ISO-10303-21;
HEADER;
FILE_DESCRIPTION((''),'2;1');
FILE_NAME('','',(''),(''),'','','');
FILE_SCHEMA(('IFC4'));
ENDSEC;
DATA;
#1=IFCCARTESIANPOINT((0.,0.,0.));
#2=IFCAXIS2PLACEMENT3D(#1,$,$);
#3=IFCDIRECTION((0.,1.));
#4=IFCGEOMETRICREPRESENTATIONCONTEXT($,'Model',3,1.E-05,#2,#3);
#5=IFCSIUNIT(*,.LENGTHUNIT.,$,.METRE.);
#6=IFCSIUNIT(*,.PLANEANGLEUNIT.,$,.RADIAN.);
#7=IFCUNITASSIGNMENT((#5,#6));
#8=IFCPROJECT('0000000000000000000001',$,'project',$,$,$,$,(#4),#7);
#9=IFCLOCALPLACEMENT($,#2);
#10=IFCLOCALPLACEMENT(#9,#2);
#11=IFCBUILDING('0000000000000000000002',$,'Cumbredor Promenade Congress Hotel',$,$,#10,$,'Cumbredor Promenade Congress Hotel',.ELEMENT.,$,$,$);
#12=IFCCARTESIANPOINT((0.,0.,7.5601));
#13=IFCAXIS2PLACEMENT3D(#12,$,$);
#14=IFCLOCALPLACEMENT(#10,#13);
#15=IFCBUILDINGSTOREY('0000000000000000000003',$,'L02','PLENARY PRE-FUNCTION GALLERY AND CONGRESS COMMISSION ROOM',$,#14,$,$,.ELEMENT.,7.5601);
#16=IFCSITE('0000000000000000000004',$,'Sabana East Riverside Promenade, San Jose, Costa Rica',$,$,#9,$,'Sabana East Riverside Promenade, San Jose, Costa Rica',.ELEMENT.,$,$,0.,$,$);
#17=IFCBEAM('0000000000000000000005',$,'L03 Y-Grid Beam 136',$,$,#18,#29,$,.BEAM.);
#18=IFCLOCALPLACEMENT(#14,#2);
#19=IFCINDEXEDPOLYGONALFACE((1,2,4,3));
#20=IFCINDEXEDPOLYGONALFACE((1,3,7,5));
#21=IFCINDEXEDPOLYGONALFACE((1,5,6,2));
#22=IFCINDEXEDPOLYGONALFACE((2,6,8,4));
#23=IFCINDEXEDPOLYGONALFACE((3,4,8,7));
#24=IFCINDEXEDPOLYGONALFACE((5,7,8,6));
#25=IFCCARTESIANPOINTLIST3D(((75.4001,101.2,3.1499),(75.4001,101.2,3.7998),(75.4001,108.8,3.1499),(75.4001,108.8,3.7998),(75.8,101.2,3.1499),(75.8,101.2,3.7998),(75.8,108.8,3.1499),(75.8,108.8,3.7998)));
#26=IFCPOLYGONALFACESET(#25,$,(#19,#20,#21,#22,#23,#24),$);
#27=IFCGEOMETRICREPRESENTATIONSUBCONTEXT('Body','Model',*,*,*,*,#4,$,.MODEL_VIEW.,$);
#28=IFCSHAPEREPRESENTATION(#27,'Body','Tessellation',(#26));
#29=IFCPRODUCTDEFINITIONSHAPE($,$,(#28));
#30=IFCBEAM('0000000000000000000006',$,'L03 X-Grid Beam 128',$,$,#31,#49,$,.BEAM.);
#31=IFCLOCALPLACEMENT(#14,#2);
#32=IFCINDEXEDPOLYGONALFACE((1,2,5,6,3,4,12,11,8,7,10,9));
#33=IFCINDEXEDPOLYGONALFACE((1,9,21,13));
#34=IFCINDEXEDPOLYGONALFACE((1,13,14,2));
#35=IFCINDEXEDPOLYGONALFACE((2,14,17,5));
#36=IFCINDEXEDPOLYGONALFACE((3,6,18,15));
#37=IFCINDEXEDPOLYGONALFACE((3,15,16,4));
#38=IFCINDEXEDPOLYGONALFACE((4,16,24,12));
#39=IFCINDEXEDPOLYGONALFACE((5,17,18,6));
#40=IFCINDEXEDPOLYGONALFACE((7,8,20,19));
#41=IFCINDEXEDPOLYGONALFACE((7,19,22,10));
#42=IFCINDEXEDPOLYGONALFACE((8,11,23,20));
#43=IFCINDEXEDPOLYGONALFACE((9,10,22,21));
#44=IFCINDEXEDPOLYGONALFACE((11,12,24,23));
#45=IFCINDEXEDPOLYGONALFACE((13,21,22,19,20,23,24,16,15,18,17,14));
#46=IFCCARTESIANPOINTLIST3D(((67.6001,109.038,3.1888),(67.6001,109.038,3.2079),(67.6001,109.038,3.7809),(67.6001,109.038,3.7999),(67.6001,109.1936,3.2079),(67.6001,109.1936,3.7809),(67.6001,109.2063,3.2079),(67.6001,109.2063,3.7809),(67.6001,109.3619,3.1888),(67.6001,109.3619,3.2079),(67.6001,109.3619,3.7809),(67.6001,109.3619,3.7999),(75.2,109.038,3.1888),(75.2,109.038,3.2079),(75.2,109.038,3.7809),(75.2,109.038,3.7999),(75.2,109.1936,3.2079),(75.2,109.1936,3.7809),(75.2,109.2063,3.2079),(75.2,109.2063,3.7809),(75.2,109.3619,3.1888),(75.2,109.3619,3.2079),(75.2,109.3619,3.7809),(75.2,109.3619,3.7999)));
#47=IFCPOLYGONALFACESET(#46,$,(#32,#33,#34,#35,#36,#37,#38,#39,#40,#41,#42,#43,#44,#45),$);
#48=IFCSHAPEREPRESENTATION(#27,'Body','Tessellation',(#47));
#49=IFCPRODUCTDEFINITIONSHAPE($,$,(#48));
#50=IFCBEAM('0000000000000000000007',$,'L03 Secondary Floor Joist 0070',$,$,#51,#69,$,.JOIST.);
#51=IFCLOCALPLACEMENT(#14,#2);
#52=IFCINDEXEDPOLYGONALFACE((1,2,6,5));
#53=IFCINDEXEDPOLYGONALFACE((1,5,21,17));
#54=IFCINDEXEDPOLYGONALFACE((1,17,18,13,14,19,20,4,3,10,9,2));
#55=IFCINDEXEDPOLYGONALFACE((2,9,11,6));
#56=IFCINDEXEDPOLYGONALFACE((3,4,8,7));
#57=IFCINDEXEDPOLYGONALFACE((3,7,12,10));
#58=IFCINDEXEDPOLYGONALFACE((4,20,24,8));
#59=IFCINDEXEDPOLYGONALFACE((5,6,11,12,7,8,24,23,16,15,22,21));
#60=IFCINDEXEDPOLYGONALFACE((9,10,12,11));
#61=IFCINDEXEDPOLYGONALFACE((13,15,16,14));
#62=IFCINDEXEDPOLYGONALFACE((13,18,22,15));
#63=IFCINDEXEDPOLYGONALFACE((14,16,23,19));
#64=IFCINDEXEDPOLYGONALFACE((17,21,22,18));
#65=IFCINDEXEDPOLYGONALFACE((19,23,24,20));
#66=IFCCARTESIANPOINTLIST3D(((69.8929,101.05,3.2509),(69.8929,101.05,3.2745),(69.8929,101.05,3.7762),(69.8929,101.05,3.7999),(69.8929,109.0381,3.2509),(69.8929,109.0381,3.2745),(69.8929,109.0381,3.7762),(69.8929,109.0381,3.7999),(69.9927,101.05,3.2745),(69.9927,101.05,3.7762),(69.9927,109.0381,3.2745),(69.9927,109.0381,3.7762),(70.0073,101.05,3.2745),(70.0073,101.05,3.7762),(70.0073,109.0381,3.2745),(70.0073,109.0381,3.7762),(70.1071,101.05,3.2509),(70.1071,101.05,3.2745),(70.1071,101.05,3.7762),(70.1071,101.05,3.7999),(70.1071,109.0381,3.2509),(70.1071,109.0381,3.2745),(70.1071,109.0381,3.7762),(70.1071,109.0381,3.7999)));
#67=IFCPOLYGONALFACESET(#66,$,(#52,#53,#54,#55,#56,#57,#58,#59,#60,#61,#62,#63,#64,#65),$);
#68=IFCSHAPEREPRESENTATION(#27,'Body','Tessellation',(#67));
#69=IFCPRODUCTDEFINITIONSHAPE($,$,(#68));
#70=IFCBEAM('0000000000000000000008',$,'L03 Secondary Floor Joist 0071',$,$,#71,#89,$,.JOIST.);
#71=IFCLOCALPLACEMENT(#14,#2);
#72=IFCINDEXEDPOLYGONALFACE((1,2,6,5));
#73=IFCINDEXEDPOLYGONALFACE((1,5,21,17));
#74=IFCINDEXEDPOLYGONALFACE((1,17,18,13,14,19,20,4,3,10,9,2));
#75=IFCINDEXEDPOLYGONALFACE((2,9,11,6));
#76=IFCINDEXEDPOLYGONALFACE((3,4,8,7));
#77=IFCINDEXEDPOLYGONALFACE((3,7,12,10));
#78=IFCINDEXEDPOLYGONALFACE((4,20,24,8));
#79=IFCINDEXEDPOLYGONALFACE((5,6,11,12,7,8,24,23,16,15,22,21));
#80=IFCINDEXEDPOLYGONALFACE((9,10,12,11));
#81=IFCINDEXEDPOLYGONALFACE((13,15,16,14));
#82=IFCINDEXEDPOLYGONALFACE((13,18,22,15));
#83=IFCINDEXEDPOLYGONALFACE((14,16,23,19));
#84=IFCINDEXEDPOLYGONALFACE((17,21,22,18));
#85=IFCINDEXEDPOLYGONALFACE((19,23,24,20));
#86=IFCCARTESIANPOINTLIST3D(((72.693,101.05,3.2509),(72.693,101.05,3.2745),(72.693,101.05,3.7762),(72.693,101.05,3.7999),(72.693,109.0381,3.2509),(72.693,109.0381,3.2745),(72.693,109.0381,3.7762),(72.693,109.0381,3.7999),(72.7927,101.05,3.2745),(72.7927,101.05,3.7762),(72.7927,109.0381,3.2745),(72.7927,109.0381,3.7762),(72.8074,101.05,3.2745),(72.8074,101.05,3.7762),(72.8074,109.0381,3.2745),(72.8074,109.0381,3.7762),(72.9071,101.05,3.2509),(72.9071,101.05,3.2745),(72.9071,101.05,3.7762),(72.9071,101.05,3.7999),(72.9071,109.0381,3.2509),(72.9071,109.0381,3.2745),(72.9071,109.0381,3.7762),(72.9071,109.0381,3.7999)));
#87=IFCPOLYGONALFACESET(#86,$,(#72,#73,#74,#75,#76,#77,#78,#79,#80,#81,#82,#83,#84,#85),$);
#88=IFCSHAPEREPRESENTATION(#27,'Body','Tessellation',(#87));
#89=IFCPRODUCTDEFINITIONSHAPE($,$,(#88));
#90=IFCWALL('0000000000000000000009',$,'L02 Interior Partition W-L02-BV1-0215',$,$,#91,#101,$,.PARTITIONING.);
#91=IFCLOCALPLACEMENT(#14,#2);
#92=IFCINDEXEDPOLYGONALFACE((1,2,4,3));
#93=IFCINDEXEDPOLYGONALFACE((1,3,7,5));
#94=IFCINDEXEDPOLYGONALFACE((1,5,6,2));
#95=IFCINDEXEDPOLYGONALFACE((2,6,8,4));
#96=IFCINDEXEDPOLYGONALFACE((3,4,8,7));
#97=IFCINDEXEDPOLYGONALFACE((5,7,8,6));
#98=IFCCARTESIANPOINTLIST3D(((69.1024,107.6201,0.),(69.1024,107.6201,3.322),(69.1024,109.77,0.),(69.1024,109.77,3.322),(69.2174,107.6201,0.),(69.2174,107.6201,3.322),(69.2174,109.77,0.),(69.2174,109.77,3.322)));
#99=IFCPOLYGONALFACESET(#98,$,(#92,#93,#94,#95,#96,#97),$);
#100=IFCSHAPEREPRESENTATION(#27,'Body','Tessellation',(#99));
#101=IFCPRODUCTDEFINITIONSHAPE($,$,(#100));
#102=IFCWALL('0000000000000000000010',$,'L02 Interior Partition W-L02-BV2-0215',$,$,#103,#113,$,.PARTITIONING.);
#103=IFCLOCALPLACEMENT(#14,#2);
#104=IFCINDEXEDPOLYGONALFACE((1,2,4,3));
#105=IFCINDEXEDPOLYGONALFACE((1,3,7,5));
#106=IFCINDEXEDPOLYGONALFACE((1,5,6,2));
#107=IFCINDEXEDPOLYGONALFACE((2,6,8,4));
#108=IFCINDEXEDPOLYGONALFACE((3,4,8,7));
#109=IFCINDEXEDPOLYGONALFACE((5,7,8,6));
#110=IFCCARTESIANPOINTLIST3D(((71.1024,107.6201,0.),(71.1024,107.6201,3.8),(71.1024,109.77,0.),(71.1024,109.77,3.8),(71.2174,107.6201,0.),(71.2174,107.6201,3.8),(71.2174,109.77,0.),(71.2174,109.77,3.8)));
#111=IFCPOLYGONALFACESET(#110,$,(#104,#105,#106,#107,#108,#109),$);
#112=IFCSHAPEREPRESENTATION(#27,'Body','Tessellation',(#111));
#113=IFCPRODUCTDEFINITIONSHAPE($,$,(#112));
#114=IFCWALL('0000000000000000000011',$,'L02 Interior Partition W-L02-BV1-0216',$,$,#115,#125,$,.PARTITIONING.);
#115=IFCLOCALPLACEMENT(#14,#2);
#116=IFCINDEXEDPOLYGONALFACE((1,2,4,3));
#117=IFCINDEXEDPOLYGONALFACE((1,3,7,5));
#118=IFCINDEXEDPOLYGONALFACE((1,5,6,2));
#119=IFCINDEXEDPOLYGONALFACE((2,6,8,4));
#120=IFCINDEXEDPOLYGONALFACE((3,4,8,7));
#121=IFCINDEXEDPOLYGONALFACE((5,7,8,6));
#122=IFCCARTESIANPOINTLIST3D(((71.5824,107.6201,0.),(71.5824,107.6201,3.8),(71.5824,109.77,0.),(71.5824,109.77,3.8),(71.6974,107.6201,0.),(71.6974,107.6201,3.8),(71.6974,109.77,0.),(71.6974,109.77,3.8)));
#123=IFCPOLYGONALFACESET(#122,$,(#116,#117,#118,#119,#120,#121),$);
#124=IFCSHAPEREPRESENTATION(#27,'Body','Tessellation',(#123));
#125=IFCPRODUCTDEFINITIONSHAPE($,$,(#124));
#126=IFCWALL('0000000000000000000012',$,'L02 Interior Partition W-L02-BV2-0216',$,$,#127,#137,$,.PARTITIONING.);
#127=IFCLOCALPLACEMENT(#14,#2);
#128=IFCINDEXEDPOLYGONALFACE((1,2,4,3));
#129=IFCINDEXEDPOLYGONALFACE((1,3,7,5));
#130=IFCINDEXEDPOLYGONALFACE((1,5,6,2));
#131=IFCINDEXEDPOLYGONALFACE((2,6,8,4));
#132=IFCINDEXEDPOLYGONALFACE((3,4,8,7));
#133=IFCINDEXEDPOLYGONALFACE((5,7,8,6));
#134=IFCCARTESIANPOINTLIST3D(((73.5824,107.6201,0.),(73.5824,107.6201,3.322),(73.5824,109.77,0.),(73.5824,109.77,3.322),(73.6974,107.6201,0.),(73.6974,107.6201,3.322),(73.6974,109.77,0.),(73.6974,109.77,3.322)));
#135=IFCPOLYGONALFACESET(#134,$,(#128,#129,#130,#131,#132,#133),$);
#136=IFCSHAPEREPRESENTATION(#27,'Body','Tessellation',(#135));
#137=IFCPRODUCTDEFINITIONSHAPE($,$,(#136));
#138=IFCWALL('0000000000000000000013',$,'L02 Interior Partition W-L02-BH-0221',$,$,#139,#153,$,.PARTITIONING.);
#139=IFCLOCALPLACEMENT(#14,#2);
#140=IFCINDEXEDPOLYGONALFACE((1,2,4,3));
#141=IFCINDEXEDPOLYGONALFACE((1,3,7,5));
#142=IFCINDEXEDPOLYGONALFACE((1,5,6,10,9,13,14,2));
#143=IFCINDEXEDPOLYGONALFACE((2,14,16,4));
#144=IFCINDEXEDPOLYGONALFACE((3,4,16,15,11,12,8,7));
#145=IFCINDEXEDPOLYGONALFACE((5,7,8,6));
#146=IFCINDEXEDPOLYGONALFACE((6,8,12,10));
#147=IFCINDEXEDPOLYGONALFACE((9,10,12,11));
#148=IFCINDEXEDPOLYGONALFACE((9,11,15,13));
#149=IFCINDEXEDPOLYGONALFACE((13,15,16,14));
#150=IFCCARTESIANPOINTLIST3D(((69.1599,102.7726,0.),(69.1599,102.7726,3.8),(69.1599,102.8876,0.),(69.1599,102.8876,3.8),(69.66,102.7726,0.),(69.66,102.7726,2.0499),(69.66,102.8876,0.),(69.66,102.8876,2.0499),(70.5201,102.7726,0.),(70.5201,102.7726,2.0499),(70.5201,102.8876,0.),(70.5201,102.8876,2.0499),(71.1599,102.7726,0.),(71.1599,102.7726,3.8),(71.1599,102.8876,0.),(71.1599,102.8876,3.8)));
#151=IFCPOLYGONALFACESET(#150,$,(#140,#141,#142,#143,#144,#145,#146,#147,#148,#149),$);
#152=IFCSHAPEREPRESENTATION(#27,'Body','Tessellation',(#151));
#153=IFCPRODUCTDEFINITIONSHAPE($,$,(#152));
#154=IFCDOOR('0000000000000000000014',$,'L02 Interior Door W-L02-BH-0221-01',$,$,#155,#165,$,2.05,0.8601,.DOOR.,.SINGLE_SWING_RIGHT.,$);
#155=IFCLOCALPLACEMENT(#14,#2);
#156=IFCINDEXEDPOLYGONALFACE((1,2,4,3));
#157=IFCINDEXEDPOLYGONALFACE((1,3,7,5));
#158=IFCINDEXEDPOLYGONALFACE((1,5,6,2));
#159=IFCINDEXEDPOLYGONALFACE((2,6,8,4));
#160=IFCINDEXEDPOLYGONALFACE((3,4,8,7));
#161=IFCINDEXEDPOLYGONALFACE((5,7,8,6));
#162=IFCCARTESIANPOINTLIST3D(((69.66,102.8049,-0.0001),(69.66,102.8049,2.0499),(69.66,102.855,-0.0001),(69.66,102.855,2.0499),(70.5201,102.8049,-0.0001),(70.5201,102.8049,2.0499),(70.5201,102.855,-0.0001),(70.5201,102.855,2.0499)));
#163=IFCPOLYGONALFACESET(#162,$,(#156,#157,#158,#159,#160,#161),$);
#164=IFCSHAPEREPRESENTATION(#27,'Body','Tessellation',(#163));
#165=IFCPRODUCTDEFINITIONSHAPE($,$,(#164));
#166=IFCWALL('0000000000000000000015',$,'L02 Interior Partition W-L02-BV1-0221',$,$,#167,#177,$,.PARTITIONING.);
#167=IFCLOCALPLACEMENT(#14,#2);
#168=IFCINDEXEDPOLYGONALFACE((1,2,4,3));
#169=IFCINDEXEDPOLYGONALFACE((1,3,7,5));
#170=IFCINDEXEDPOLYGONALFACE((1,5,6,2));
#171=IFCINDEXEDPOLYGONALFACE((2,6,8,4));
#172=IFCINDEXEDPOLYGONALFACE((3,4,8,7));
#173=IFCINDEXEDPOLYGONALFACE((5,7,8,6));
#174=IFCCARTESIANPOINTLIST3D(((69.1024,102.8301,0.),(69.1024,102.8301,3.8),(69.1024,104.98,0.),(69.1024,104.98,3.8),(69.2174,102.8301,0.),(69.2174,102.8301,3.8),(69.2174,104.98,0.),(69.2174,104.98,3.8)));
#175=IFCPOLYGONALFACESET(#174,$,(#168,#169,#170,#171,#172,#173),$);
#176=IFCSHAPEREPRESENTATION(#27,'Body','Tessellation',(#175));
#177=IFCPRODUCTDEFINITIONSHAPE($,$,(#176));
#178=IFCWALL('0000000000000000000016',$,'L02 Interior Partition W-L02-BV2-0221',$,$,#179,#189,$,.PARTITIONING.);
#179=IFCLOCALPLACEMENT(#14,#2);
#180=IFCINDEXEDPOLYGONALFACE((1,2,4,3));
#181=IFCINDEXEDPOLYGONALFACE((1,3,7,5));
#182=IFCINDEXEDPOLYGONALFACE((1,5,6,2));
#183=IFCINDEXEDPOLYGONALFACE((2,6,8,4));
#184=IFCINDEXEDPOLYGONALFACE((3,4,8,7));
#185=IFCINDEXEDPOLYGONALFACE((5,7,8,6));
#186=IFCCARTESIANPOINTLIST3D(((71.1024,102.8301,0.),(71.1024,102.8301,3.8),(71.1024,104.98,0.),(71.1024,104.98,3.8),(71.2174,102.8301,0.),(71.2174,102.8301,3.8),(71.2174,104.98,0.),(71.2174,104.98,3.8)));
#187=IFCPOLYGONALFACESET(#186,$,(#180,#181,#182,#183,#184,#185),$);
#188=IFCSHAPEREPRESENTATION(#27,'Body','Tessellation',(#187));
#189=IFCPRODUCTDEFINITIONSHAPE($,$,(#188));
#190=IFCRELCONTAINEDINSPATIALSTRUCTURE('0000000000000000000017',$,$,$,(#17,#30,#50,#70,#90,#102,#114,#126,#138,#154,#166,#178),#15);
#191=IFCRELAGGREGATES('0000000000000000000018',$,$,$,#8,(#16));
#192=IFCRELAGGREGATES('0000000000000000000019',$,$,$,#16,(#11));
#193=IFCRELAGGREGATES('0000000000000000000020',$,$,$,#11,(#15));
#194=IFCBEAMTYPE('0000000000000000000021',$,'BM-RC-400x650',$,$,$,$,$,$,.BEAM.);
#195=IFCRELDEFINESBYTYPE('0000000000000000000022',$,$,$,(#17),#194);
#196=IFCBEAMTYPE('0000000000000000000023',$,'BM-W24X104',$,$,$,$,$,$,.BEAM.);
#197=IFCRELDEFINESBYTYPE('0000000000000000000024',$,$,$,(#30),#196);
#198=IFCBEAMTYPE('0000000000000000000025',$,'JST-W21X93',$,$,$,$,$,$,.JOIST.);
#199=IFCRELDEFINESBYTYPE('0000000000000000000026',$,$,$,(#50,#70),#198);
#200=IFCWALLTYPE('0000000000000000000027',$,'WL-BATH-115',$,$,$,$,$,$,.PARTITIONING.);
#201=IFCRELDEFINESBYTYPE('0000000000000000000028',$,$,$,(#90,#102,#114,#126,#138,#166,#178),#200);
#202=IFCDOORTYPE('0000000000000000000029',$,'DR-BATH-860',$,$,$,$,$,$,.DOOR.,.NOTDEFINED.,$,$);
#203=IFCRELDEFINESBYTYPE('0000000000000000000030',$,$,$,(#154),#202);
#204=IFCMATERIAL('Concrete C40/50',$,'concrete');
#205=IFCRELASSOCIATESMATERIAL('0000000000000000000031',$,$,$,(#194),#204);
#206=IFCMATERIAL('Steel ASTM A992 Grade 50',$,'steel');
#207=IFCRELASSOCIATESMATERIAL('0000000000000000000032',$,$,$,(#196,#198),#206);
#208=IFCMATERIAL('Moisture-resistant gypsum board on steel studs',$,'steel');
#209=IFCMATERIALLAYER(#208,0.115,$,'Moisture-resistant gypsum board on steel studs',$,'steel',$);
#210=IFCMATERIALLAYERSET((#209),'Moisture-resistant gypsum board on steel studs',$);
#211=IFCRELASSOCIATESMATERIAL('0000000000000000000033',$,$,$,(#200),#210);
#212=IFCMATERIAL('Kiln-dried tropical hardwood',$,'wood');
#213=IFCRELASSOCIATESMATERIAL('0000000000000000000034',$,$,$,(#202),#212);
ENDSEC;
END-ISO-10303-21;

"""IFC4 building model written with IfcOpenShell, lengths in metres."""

from ifc_helpers import new_model, si_unit, direction, frame, frame_2d, origin, origin_2d, place, context, subcontext, project, spatial, rectangle, i_section, extrude, material, layer, layer_set, material_profile, profile_set, type_object, element, fill, save


model = new_model("IFC4")

# Units and contexts
model_context = context("Model", 3, precision=1e-05, world=origin(), true_north=direction((0.0, 1.0)))
body_context = subcontext(model_context, "Body", "Model", "MODEL_VIEW")
ifc_project = project(units=[si_unit("LENGTHUNIT", "METRE"), si_unit("PLANEANGLEUNIT", "RADIAN")], contexts=[model_context])

# Site, building, storey
site_placement = place(None, origin())
site = spatial("IfcSite", under=ifc_project, at=site_placement, Name="Sabana East Riverside Promenade, San Jose, Costa Rica", LongName="Sabana East Riverside Promenade, San Jose, Costa Rica", CompositionType="ELEMENT", RefElevation=0.0)
building_placement = place(site_placement, origin())
building = spatial("IfcBuilding", under=site, at=building_placement, Name="Cumbredor Promenade Congress Hotel", LongName="Cumbredor Promenade Congress Hotel", CompositionType="ELEMENT")
storey_placement = place(building_placement, frame((0.0, 0.0, 7.5601)))
storey = spatial("IfcBuildingStorey", under=building, at=storey_placement, Name="L02", Description="PLENARY PRE-FUNCTION GALLERY AND CONGRESS COMMISSION ROOM", CompositionType="ELEMENT", Elevation=7.5601)

# Beams
ifc_material_1 = material(Name="Concrete C40/50", Category="concrete")
ifc_material_profile_1 = material_profile(ifc_material_1, rectangle(XDim=0.3999, YDim=0.6499, at=origin_2d()), Name="RC BEAM 400x650")
ifc_profile_set_1 = profile_set([ifc_material_profile_1], Name="Concrete C40/50")
beam_type_1 = type_object("IfcBeamType", Name="BM-RC-400x650", PredefinedType="BEAM", material=ifc_profile_set_1)
beam_1_placement = place(storey_placement, frame((75.6001, 101.2, 3.4749), z_axis=(0.0, 1.0, 0.0), x_axis=(-1.0, 0.0, 0.0)))
element("IfcBeam", 1, at=beam_1_placement, inside=storey, type_object=beam_type_1, Name="L03 Y-Grid Beam 136", PredefinedType="BEAM", context=body_context, shape_type="SweptSolid", body=[
    extrude(rectangle(XDim=0.3999, YDim=0.6499, at=origin_2d()), origin(), (0.0, 0.0, 1.0), 7.6001),
])
ifc_material_2 = material(Name="Steel ASTM A992 Grade 50", Category="steel")
ifc_material_profile_2 = material_profile(ifc_material_2, i_section(OverallWidth=0.324, OverallDepth=0.6111, WebThickness=0.0127, FlangeThickness=0.019, at=origin_2d()), Name="W24X104")
ifc_profile_set_2 = profile_set([ifc_material_profile_2], Name="Steel ASTM A992 Grade 50")
beam_type_2 = type_object("IfcBeamType", Name="BM-W24X104", PredefinedType="BEAM", material=ifc_profile_set_2)
beam_2_placement = place(storey_placement, frame((67.6001, 109.2, 3.4944), z_axis=(1.0, 0.0, 0.0), x_axis=(0.0, 1.0, 0.0)))
element("IfcBeam", 2, at=beam_2_placement, inside=storey, type_object=beam_type_2, Name="L03 X-Grid Beam 128", PredefinedType="BEAM", context=body_context, shape_type="SweptSolid", body=[
    extrude(i_section(OverallWidth=0.324, OverallDepth=0.6111, WebThickness=0.0127, FlangeThickness=0.019, at=origin_2d()), origin(), (0.0, 0.0, 1.0), 7.5999),
])
ifc_material_profile_3 = material_profile(ifc_material_2, i_section(OverallWidth=0.2141, OverallDepth=0.5491, WebThickness=0.0146, FlangeThickness=0.0237, at=origin_2d()), Name="W21X93")
ifc_profile_set_3 = profile_set([ifc_material_profile_3], Name="Steel ASTM A992 Grade 50")
beam_type_3 = type_object("IfcBeamType", Name="JST-W21X93", PredefinedType="JOIST", material=ifc_profile_set_3)
for number, where, z_axis, x_axis, name in (
    (3, (70.0, 101.05, 3.5254), (0.0, 1.0, 0.0), (-1.0, 0.0, 0.0), "L03 Secondary Floor Joist 0070"),
    (4, (72.8, 101.05, 3.5254), (0.0, 1.0, 0.0), (-1.0, 0.0, 0.0), "L03 Secondary Floor Joist 0071"),
):
    element("IfcBeam", number, at=place(storey_placement, frame(where, z_axis=z_axis, x_axis=x_axis)), inside=storey, type_object=beam_type_3, Name=name, PredefinedType="JOIST", context=body_context, shape_type="SweptSolid", body=[
        extrude(i_section(OverallWidth=0.2141, OverallDepth=0.5491, WebThickness=0.0146, FlangeThickness=0.0237, at=origin_2d()), origin(), (0.0, 0.0, 1.0), 7.988),
    ])

# Walls
ifc_material_3 = material(Name="Moisture-resistant gypsum board on steel studs", Category="steel")
ifc_layer_1 = layer(ifc_material_3, 0.115, Name="Moisture-resistant gypsum board on steel studs", Category="steel")
ifc_layer_set_1 = layer_set([ifc_layer_1], Name="Moisture-resistant gypsum board on steel studs")
wall_type_1 = type_object("IfcWallType", Name="WL-BATH-115", PredefinedType="PARTITIONING", material=ifc_layer_set_1)
wall_1_placement = place(storey_placement, frame((69.1599, 107.6201, 0.0), z_axis=(0.0, 0.0, 1.0), x_axis=(0.0, 1.0, 0.0)))
element("IfcWall", 5, at=wall_1_placement, inside=storey, type_object=wall_type_1, Name="L02 Interior Partition W-L02-BV1-0215", PredefinedType="PARTITIONING", context=body_context, shape_type="SweptSolid", body=[
    extrude(rectangle(XDim=2.1499, YDim=0.115, at=frame_2d((1.075, 0.0))), origin(), (0.0, 0.0, 1.0), 3.322),
])
for number, where, z_axis, x_axis, name in (
    (6, (71.1599, 107.6201, 0.0), (0.0, 0.0, 1.0), (0.0, 1.0, 0.0), "L02 Interior Partition W-L02-BV2-0215"),
    (7, (71.6399, 107.6201, 0.0), (0.0, 0.0, 1.0), (0.0, 1.0, 0.0), "L02 Interior Partition W-L02-BV1-0216"),
):
    element("IfcWall", number, at=place(storey_placement, frame(where, z_axis=z_axis, x_axis=x_axis)), inside=storey, type_object=wall_type_1, Name=name, PredefinedType="PARTITIONING", context=body_context, shape_type="SweptSolid", body=[
        extrude(rectangle(XDim=2.1499, YDim=0.115, at=frame_2d((1.075, 0.0))), origin(), (0.0, 0.0, 1.0), 3.8),
    ])
wall_2_placement = place(storey_placement, frame((73.6399, 107.6201, 0.0), z_axis=(0.0, 0.0, 1.0), x_axis=(0.0, 1.0, 0.0)))
element("IfcWall", 8, at=wall_2_placement, inside=storey, type_object=wall_type_1, Name="L02 Interior Partition W-L02-BV2-0216", PredefinedType="PARTITIONING", context=body_context, shape_type="SweptSolid", body=[
    extrude(rectangle(XDim=2.1499, YDim=0.115, at=frame_2d((1.075, 0.0))), origin(), (0.0, 0.0, 1.0), 3.322),
])

# Wall, opening, door
wall_3_placement = place(storey_placement, frame((69.1599, 102.8301, 0.0), z_axis=(0.0, 0.0, 1.0), x_axis=(1.0, 0.0, 0.0)))
wall_3 = element("IfcWall", 9, at=wall_3_placement, inside=storey, type_object=wall_type_1, Name="L02 Interior Partition W-L02-BH-0221", PredefinedType="PARTITIONING", context=body_context, shape_type="SweptSolid", body=[
    extrude(rectangle(XDim=2.0, YDim=0.115, at=frame_2d((1.0, 0.0))), origin(), (0.0, 0.0, 1.0), 3.8),
])
opening_1_placement = place(wall_3_placement, frame((0.5, 0.0, 0.0)))
opening_1 = element("IfcOpeningElement", 10, at=opening_1_placement, cuts=wall_3, PredefinedType="OPENING", context=body_context, shape_type="SweptSolid", body=[
    extrude(rectangle(XDim=0.8601, YDim=2.05, at=frame_2d((0.4302, 1.0249))), frame((0.0, 0.0674, 0.0), z_axis=(0.0, -1.0, 0.0), x_axis=(1.0, 0.0, 0.0)), (0.0, 0.0, 1.0), 0.135),
])
ifc_material_4 = material(Name="Kiln-dried tropical hardwood", Category="wood")
door_type = type_object("IfcDoorType", Name="DR-BATH-860", OperationType="NOTDEFINED", PredefinedType="DOOR", material=ifc_material_4)
door_1_placement = place(opening_1_placement, origin())
door_1 = element("IfcDoor", 11, at=door_1_placement, inside=storey, type_object=door_type, Name="L02 Interior Door W-L02-BH-0221-01", OperationType="SINGLE_SWING_RIGHT", OverallHeight=2.05, OverallWidth=0.8601, PredefinedType="DOOR", context=body_context, shape_type="SweptSolid", body=[
    extrude(rectangle(XDim=0.8601, YDim=2.05, at=frame_2d((0.4302, 1.0249))), frame((0.0, 0.0249, 0.0), z_axis=(0.0, -1.0, 0.0), x_axis=(1.0, 0.0, 0.0)), (0.0, 0.0, 1.0), 0.05),
])
fill(opening_1, door_1)

# Walls
for number, where, z_axis, x_axis, name in (
    (12, (69.1599, 102.8301, 0.0), (0.0, 0.0, 1.0), (0.0, 1.0, 0.0), "L02 Interior Partition W-L02-BV1-0221"),
    (13, (71.1599, 102.8301, 0.0), (0.0, 0.0, 1.0), (0.0, 1.0, 0.0), "L02 Interior Partition W-L02-BV2-0221"),
):
    element("IfcWall", number, at=place(storey_placement, frame(where, z_axis=z_axis, x_axis=x_axis)), inside=storey, type_object=wall_type_1, Name=name, PredefinedType="PARTITIONING", context=body_context, shape_type="SweptSolid", body=[
        extrude(rectangle(XDim=2.1499, YDim=0.115, at=frame_2d((1.075, 0.0))), origin(), (0.0, 0.0, 1.0), 3.8),
    ])

save(model, "model.ifc")
